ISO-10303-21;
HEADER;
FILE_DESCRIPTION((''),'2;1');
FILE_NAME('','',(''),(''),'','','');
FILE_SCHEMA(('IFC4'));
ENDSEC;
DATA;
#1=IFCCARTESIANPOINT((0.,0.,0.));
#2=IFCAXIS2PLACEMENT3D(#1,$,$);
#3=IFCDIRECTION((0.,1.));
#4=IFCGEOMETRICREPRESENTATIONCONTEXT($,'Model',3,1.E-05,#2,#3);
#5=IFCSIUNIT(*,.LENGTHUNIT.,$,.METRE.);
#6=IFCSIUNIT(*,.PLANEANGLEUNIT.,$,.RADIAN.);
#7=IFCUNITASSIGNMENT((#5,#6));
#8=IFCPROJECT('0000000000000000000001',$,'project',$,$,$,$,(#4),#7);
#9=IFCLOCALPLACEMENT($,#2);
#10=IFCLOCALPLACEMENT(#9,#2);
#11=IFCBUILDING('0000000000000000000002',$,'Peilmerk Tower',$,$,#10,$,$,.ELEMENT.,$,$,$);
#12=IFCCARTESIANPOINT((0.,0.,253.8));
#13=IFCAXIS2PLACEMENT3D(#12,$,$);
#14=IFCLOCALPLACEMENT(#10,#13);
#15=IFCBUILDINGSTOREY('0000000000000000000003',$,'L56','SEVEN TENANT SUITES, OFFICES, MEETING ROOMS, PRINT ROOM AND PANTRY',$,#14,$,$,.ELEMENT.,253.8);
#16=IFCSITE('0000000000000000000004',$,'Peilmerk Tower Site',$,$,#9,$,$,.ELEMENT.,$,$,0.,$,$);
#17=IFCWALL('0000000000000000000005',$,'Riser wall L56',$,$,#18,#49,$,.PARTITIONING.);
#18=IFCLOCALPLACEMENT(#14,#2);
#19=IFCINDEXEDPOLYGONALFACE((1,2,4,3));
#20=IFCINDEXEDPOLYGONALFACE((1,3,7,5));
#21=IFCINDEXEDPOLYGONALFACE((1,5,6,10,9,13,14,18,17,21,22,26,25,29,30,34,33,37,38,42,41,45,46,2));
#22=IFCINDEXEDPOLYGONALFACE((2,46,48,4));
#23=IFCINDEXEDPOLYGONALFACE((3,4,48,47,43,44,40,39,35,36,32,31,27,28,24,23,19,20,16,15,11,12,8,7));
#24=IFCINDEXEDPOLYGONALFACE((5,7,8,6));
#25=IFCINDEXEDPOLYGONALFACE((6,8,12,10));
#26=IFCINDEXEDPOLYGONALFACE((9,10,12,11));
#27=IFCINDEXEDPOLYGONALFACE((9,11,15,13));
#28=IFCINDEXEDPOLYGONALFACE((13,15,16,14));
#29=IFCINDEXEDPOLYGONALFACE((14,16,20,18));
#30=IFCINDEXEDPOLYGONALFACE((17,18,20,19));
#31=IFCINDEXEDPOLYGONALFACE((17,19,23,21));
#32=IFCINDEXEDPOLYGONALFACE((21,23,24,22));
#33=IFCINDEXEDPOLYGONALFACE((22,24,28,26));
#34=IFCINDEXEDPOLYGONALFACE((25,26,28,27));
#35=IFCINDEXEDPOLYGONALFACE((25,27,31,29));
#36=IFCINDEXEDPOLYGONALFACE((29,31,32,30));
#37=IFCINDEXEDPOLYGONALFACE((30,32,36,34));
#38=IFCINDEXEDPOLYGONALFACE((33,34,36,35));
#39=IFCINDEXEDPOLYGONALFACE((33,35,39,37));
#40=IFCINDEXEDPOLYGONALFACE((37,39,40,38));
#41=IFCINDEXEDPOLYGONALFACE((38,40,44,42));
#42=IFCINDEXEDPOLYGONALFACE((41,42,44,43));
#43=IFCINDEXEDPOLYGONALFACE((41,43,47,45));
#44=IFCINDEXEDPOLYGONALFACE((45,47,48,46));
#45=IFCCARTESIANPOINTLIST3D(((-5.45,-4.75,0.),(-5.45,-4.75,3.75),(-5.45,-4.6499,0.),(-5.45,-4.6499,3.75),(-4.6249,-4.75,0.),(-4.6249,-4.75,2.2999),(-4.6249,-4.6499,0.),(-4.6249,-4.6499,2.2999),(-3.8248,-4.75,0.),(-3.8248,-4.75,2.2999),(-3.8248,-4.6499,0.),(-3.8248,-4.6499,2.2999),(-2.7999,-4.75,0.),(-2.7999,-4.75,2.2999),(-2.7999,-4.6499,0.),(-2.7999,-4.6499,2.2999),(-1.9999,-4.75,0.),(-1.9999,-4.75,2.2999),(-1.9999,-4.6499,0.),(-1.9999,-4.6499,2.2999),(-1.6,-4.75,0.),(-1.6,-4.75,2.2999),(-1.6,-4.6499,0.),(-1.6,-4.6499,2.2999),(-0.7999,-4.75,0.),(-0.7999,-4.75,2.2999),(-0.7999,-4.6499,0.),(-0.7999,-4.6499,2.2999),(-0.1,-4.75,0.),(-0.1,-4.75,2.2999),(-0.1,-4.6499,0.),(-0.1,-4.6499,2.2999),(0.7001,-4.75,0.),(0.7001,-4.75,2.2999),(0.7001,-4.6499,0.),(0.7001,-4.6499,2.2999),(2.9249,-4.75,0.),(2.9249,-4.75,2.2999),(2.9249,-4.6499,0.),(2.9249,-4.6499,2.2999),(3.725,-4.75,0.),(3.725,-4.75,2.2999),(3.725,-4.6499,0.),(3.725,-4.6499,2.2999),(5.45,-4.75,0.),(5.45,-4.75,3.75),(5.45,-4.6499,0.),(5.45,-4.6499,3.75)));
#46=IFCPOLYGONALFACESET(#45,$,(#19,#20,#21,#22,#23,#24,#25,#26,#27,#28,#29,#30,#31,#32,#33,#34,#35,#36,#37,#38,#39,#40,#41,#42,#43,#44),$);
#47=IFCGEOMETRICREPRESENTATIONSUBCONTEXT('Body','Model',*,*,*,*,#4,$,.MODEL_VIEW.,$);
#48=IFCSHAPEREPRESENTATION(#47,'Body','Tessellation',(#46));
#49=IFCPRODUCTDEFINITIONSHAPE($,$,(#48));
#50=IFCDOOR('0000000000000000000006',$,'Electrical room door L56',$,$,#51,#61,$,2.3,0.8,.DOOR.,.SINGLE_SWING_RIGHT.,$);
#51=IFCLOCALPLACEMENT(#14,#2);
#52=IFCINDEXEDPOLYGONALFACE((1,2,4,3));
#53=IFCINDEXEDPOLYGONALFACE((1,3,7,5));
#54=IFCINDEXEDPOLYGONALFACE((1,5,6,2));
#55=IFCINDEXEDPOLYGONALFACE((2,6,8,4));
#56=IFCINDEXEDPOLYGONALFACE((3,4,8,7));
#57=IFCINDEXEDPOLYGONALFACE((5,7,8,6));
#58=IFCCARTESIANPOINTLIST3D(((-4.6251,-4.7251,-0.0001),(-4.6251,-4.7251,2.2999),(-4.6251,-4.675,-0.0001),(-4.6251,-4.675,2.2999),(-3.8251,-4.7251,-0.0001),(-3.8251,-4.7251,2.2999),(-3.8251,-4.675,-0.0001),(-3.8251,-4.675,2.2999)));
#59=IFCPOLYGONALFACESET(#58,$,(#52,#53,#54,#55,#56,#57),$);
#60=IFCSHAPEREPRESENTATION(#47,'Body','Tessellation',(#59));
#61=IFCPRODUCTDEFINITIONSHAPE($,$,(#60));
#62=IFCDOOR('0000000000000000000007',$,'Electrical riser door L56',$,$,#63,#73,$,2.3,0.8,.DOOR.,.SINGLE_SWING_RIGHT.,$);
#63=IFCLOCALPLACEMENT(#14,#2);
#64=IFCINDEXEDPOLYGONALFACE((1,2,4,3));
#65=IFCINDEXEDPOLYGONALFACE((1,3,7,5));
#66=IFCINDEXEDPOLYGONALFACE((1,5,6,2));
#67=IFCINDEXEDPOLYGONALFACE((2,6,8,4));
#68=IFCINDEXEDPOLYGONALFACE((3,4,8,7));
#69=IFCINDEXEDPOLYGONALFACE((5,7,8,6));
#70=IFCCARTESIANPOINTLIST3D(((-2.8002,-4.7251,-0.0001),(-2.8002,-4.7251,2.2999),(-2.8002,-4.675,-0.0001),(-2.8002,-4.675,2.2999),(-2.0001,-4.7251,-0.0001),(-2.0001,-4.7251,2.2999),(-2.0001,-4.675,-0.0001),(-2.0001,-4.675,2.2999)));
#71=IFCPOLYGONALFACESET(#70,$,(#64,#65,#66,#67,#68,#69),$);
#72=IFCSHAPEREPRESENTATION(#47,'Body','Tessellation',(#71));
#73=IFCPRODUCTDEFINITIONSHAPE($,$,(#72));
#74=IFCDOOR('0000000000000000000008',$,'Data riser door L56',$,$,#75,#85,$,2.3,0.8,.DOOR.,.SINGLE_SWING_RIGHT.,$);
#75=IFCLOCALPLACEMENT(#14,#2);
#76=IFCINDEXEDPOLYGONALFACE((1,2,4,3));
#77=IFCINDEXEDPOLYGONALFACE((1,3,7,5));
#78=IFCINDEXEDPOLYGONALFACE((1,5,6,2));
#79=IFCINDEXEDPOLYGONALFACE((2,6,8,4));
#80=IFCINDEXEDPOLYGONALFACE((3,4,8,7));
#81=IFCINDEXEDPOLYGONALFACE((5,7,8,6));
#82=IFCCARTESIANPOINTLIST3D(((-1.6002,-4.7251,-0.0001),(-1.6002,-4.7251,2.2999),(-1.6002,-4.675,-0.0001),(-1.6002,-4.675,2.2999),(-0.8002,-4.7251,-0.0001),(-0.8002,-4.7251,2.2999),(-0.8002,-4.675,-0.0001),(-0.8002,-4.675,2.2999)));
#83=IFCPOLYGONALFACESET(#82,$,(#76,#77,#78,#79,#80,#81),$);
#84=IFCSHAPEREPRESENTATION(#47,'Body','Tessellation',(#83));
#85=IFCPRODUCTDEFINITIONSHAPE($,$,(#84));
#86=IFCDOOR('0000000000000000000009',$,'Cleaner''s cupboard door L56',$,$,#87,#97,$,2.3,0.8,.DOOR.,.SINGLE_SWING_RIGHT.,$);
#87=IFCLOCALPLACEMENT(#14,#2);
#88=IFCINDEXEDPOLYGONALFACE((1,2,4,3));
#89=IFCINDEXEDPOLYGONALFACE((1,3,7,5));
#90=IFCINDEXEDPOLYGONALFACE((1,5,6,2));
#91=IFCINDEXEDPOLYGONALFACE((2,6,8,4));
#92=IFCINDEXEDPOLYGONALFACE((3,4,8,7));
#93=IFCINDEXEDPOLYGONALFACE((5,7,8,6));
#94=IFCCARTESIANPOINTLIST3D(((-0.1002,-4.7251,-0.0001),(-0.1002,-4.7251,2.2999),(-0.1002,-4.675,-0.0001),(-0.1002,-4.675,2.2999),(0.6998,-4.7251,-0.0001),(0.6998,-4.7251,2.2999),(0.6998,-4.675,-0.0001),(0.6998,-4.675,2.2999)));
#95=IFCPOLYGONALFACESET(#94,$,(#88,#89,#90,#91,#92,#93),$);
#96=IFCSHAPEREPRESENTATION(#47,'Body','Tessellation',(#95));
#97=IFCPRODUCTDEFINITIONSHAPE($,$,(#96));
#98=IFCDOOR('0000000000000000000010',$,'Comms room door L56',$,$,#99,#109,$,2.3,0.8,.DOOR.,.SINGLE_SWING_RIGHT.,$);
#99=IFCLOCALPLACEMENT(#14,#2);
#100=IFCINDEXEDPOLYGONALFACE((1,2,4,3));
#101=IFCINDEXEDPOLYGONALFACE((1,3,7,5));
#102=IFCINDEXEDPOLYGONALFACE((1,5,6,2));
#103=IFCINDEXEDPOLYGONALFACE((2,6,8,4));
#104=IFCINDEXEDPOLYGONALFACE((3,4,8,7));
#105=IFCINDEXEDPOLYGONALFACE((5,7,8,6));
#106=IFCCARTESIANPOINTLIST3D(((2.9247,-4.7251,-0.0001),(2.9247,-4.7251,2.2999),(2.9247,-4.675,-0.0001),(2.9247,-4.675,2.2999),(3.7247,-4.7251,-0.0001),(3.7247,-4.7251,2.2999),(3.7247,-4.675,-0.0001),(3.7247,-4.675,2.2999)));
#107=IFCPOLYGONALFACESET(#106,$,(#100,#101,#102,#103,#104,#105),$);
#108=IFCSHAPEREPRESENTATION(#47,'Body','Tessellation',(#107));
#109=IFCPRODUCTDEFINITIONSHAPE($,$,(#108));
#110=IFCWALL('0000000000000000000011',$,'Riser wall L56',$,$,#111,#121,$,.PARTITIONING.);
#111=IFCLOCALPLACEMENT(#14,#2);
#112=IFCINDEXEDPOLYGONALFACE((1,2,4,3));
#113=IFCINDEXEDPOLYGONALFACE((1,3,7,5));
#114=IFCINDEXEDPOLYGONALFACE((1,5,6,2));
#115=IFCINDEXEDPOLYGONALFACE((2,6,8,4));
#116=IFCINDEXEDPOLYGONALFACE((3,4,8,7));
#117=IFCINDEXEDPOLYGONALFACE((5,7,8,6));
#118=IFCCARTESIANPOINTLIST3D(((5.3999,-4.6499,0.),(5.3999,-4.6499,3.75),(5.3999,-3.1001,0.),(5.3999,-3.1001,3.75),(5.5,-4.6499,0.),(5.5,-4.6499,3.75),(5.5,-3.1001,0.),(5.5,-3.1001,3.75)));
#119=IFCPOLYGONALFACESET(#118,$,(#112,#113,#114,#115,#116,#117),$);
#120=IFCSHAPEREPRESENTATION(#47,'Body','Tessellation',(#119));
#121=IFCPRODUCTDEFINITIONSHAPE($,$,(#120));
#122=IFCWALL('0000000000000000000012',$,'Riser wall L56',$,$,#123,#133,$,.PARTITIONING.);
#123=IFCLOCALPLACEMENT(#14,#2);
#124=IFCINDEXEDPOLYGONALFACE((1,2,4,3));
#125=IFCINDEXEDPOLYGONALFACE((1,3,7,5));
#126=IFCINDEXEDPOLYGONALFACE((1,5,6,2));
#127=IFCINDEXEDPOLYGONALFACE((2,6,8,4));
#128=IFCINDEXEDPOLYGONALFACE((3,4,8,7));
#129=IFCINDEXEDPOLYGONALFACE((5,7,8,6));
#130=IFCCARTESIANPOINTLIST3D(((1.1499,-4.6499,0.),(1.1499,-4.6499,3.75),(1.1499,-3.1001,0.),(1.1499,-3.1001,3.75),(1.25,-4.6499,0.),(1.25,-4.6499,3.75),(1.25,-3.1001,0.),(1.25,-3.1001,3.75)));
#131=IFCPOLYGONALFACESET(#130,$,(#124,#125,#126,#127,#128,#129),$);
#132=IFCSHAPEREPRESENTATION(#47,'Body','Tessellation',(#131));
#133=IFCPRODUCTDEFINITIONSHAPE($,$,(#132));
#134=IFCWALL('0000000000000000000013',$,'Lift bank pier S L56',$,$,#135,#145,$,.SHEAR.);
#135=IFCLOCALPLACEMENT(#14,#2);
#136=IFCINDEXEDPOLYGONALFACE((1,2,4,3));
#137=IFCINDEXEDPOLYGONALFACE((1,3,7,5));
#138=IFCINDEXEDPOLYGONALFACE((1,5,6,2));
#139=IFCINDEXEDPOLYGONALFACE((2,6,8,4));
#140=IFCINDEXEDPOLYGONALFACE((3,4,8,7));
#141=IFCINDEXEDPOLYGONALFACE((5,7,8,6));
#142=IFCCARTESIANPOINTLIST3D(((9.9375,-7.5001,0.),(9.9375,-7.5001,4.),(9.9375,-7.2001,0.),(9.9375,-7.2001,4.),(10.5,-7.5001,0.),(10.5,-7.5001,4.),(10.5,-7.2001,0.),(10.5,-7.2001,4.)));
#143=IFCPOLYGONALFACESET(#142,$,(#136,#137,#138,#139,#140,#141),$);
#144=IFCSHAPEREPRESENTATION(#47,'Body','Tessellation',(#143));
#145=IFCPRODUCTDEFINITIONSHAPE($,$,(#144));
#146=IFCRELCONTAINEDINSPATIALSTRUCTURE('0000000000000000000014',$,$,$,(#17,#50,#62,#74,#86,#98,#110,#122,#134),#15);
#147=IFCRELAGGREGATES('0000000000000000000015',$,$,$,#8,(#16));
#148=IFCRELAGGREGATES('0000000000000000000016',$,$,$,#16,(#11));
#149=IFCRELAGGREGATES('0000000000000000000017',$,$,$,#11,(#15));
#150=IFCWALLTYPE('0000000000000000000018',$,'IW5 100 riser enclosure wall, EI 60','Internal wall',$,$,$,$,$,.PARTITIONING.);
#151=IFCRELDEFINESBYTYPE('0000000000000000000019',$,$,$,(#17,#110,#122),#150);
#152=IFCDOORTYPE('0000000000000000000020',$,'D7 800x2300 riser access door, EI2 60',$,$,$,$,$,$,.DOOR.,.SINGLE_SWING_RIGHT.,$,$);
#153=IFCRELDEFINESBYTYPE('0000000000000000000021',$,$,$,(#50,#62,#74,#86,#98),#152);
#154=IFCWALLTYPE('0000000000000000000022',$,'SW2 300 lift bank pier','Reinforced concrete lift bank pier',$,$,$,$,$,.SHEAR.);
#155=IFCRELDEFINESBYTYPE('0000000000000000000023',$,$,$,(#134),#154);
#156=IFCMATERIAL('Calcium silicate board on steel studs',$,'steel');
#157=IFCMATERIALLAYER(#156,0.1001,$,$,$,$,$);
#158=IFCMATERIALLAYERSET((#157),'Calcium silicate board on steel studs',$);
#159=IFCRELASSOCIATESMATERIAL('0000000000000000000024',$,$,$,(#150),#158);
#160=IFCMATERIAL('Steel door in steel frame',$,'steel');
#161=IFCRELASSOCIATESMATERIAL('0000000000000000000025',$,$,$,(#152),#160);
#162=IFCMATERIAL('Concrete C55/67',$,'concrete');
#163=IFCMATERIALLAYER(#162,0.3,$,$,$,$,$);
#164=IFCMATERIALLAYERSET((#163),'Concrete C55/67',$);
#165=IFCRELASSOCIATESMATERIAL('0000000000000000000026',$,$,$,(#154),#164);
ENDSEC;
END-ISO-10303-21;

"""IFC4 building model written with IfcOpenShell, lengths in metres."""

from ifc_helpers import new_model, si_unit, direction, frame, frame_2d, origin, place, context, subcontext, project, spatial, rectangle, extrude, material, layer, layer_set, type_object, element, fill, save


model = new_model("IFC4")

# Units and contexts
model_context = context("Model", 3, precision=1e-05, world=origin(), true_north=direction((0.0, 1.0)))
body_context = subcontext(model_context, "Body", "Model", "MODEL_VIEW")
ifc_project = project(units=[si_unit("LENGTHUNIT", "METRE"), si_unit("PLANEANGLEUNIT", "RADIAN")], contexts=[model_context])

# Site, building, storey
site_placement = place(None, origin())
site = spatial("IfcSite", under=ifc_project, at=site_placement, Name="Peilmerk Tower Site", CompositionType="ELEMENT", RefElevation=0.0)
building_placement = place(site_placement, origin())
building = spatial("IfcBuilding", under=site, at=building_placement, Name="Peilmerk Tower", CompositionType="ELEMENT")
storey_placement = place(building_placement, frame((0.0, 0.0, 253.8)))
storey = spatial("IfcBuildingStorey", under=building, at=storey_placement, Name="L56", Description="SEVEN TENANT SUITES, OFFICES, MEETING ROOMS, PRINT ROOM AND PANTRY", CompositionType="ELEMENT", Elevation=253.8)

# Shared definitions
ifc_material_1 = material(Name="Steel door in steel frame", Category="steel")

# Shared definitions
ifc_material_2 = material(Name="Calcium silicate board on steel studs", Category="steel")
ifc_layer_1 = layer(ifc_material_2, 0.1001)
ifc_layer_set_1 = layer_set([ifc_layer_1], Name="Calcium silicate board on steel studs")
wall_type_1 = type_object("IfcWallType", Name="IW5 100 riser enclosure wall, EI 60", Description="Internal wall", PredefinedType="PARTITIONING", material=ifc_layer_set_1)

# Wall, openings, doors
wall_1_placement = place(storey_placement, frame((5.45, -4.7, 0.0), z_axis=(0.0, 0.0, 1.0), x_axis=(-1.0, 0.0, 0.0)))
wall_1 = element("IfcWall", 1, at=wall_1_placement, inside=storey, type_object=wall_type_1, Name="Riser wall L56", PredefinedType="PARTITIONING", context=body_context, shape_type="SweptSolid", body=[
    extrude(rectangle(XDim=10.8999, YDim=0.1001, at=frame_2d((5.45, 0.0))), origin(), (0.0, 0.0, 1.0), 3.75),
])
opening_1_placement = place(wall_1_placement, frame((9.2749, 0.0, 0.0)))
opening_1 = element("IfcOpeningElement", 2, at=opening_1_placement, cuts=wall_1, PredefinedType="OPENING", context=body_context, shape_type="SweptSolid", body=[
    extrude(rectangle(XDim=0.8, YDim=2.3, at=frame_2d((0.3999, 1.1499))), frame((0.0, 0.0601, 0.0), z_axis=(0.0, -1.0, 0.0), x_axis=(1.0, 0.0, 0.0)), (0.0, 0.0, 1.0), 0.1201),
])
opening_2_placement = place(wall_1_placement, frame((7.45, 0.0, 0.0)))
opening_2 = element("IfcOpeningElement", 3, at=opening_2_placement, cuts=wall_1, PredefinedType="OPENING", context=body_context, shape_type="SweptSolid", body=[
    extrude(rectangle(XDim=0.8, YDim=2.3, at=frame_2d((0.3999, 1.1499))), frame((0.0, 0.0601, 0.0), z_axis=(0.0, -1.0, 0.0), x_axis=(1.0, 0.0, 0.0)), (0.0, 0.0, 1.0), 0.1201),
])
opening_3_placement = place(wall_1_placement, frame((6.25, 0.0, 0.0)))
opening_3 = element("IfcOpeningElement", 4, at=opening_3_placement, cuts=wall_1, PredefinedType="OPENING", context=body_context, shape_type="SweptSolid", body=[
    extrude(rectangle(XDim=0.8, YDim=2.3, at=frame_2d((0.3999, 1.1499))), frame((0.0, 0.0601, 0.0), z_axis=(0.0, -1.0, 0.0), x_axis=(1.0, 0.0, 0.0)), (0.0, 0.0, 1.0), 0.1201),
])
opening_4_placement = place(wall_1_placement, frame((4.75, 0.0, 0.0)))
opening_4 = element("IfcOpeningElement", 5, at=opening_4_placement, cuts=wall_1, PredefinedType="OPENING", context=body_context, shape_type="SweptSolid", body=[
    extrude(rectangle(XDim=0.8, YDim=2.3, at=frame_2d((0.3999, 1.1499))), frame((0.0, 0.0601, 0.0), z_axis=(0.0, -1.0, 0.0), x_axis=(1.0, 0.0, 0.0)), (0.0, 0.0, 1.0), 0.1201),
])
opening_5_placement = place(wall_1_placement, frame((1.7251, 0.0, 0.0)))
opening_5 = element("IfcOpeningElement", 6, at=opening_5_placement, cuts=wall_1, PredefinedType="OPENING", context=body_context, shape_type="SweptSolid", body=[
    extrude(rectangle(XDim=0.8, YDim=2.3, at=frame_2d((0.3999, 1.1499))), frame((0.0, 0.0601, 0.0), z_axis=(0.0, -1.0, 0.0), x_axis=(1.0, 0.0, 0.0)), (0.0, 0.0, 1.0), 0.1201),
])
door_type_1 = type_object("IfcDoorType", Name="D7 800x2300 riser access door, EI2 60", OperationType="SINGLE_SWING_RIGHT", PredefinedType="DOOR", material=ifc_material_1)
door_1_placement = place(opening_1_placement, frame((0.8, 0.0, 0.0), z_axis=(0.0, 0.0, 1.0), x_axis=(-1.0, 0.0, 0.0)))
door_1 = element("IfcDoor", 7, at=door_1_placement, inside=storey, type_object=door_type_1, Name="Electrical room door L56", OperationType="SINGLE_SWING_RIGHT", OverallHeight=2.3, OverallWidth=0.8, PredefinedType="DOOR", context=body_context, shape_type="SweptSolid", body=[
    extrude(rectangle(XDim=0.8, YDim=2.3, at=frame_2d((0.3999, 1.1499))), frame((0.0, 0.0249, 0.0), z_axis=(0.0, -1.0, 0.0), x_axis=(1.0, 0.0, 0.0)), (0.0, 0.0, 1.0), 0.05),
])
fill(opening_1, door_1)
door_2_placement = place(opening_2_placement, frame((0.8, 0.0, 0.0), z_axis=(0.0, 0.0, 1.0), x_axis=(-1.0, 0.0, 0.0)))
door_2 = element("IfcDoor", 8, at=door_2_placement, inside=storey, type_object=door_type_1, Name="Electrical riser door L56", OperationType="SINGLE_SWING_RIGHT", OverallHeight=2.3, OverallWidth=0.8, PredefinedType="DOOR", context=body_context, shape_type="SweptSolid", body=[
    extrude(rectangle(XDim=0.8, YDim=2.3, at=frame_2d((0.3999, 1.1499))), frame((0.0, 0.0249, 0.0), z_axis=(0.0, -1.0, 0.0), x_axis=(1.0, 0.0, 0.0)), (0.0, 0.0, 1.0), 0.05),
])
fill(opening_2, door_2)
door_3_placement = place(opening_3_placement, frame((0.8, 0.0, 0.0), z_axis=(0.0, 0.0, 1.0), x_axis=(-1.0, 0.0, 0.0)))
door_3 = element("IfcDoor", 9, at=door_3_placement, inside=storey, type_object=door_type_1, Name="Data riser door L56", OperationType="SINGLE_SWING_RIGHT", OverallHeight=2.3, OverallWidth=0.8, PredefinedType="DOOR", context=body_context, shape_type="SweptSolid", body=[
    extrude(rectangle(XDim=0.8, YDim=2.3, at=frame_2d((0.3999, 1.1499))), frame((0.0, 0.0249, 0.0), z_axis=(0.0, -1.0, 0.0), x_axis=(1.0, 0.0, 0.0)), (0.0, 0.0, 1.0), 0.05),
])
fill(opening_3, door_3)
door_4_placement = place(opening_4_placement, frame((0.8, 0.0, 0.0), z_axis=(0.0, 0.0, 1.0), x_axis=(-1.0, 0.0, 0.0)))
door_4 = element("IfcDoor", 10, at=door_4_placement, inside=storey, type_object=door_type_1, Name="Cleaner's cupboard door L56", OperationType="SINGLE_SWING_RIGHT", OverallHeight=2.3, OverallWidth=0.8, PredefinedType="DOOR", context=body_context, shape_type="SweptSolid", body=[
    extrude(rectangle(XDim=0.8, YDim=2.3, at=frame_2d((0.3999, 1.1499))), frame((0.0, 0.0249, 0.0), z_axis=(0.0, -1.0, 0.0), x_axis=(1.0, 0.0, 0.0)), (0.0, 0.0, 1.0), 0.05),
])
fill(opening_4, door_4)
door_5_placement = place(opening_5_placement, frame((0.8, 0.0, 0.0), z_axis=(0.0, 0.0, 1.0), x_axis=(-1.0, 0.0, 0.0)))
door_5 = element("IfcDoor", 11, at=door_5_placement, inside=storey, type_object=door_type_1, Name="Comms room door L56", OperationType="SINGLE_SWING_RIGHT", OverallHeight=2.3, OverallWidth=0.8, PredefinedType="DOOR", context=body_context, shape_type="SweptSolid", body=[
    extrude(rectangle(XDim=0.8, YDim=2.3, at=frame_2d((0.3999, 1.1499))), frame((0.0, 0.0249, 0.0), z_axis=(0.0, -1.0, 0.0), x_axis=(1.0, 0.0, 0.0)), (0.0, 0.0, 1.0), 0.05),
])
fill(opening_5, door_5)

# Walls
for number, where, z_axis, x_axis, name in (
    (12, (5.45, -3.1001, 0.0), (0.0, 0.0, 1.0), (0.0, -1.0, 0.0), "Riser wall L56"),
    (13, (1.2, -3.1001, 0.0), (0.0, 0.0, 1.0), (0.0, -1.0, 0.0), "Riser wall L56"),
):
    element("IfcWall", number, at=place(storey_placement, frame(where, z_axis=z_axis, x_axis=x_axis)), inside=storey, type_object=wall_type_1, Name=name, PredefinedType="PARTITIONING", context=body_context, shape_type="SweptSolid", body=[
        extrude(rectangle(XDim=1.5498, YDim=0.1001, at=frame_2d((0.7749, 0.0))), origin(), (0.0, 0.0, 1.0), 3.75),
    ])
ifc_material_3 = material(Name="Concrete C55/67", Category="concrete")
ifc_layer_2 = layer(ifc_material_3, 0.3)
ifc_layer_set_2 = layer_set([ifc_layer_2], Name="Concrete C55/67")
wall_type_2 = type_object("IfcWallType", Name="SW2 300 lift bank pier", Description="Reinforced concrete lift bank pier", PredefinedType="SHEAR", material=ifc_layer_set_2)
wall_2_placement = place(storey_placement, frame((9.9375, -7.3501, 0.0), z_axis=(0.0, 0.0, 1.0), x_axis=(1.0, 0.0, 0.0)))
element("IfcWall", 14, at=wall_2_placement, inside=storey, type_object=wall_type_2, Name="Lift bank pier S L56", PredefinedType="SHEAR", context=body_context, shape_type="SweptSolid", body=[
    extrude(rectangle(XDim=0.5625, YDim=0.3, at=frame_2d((0.2812, 0.0))), origin(), (0.0, 0.0, 1.0), 4.0),
])

save(model, "model.ifc")
